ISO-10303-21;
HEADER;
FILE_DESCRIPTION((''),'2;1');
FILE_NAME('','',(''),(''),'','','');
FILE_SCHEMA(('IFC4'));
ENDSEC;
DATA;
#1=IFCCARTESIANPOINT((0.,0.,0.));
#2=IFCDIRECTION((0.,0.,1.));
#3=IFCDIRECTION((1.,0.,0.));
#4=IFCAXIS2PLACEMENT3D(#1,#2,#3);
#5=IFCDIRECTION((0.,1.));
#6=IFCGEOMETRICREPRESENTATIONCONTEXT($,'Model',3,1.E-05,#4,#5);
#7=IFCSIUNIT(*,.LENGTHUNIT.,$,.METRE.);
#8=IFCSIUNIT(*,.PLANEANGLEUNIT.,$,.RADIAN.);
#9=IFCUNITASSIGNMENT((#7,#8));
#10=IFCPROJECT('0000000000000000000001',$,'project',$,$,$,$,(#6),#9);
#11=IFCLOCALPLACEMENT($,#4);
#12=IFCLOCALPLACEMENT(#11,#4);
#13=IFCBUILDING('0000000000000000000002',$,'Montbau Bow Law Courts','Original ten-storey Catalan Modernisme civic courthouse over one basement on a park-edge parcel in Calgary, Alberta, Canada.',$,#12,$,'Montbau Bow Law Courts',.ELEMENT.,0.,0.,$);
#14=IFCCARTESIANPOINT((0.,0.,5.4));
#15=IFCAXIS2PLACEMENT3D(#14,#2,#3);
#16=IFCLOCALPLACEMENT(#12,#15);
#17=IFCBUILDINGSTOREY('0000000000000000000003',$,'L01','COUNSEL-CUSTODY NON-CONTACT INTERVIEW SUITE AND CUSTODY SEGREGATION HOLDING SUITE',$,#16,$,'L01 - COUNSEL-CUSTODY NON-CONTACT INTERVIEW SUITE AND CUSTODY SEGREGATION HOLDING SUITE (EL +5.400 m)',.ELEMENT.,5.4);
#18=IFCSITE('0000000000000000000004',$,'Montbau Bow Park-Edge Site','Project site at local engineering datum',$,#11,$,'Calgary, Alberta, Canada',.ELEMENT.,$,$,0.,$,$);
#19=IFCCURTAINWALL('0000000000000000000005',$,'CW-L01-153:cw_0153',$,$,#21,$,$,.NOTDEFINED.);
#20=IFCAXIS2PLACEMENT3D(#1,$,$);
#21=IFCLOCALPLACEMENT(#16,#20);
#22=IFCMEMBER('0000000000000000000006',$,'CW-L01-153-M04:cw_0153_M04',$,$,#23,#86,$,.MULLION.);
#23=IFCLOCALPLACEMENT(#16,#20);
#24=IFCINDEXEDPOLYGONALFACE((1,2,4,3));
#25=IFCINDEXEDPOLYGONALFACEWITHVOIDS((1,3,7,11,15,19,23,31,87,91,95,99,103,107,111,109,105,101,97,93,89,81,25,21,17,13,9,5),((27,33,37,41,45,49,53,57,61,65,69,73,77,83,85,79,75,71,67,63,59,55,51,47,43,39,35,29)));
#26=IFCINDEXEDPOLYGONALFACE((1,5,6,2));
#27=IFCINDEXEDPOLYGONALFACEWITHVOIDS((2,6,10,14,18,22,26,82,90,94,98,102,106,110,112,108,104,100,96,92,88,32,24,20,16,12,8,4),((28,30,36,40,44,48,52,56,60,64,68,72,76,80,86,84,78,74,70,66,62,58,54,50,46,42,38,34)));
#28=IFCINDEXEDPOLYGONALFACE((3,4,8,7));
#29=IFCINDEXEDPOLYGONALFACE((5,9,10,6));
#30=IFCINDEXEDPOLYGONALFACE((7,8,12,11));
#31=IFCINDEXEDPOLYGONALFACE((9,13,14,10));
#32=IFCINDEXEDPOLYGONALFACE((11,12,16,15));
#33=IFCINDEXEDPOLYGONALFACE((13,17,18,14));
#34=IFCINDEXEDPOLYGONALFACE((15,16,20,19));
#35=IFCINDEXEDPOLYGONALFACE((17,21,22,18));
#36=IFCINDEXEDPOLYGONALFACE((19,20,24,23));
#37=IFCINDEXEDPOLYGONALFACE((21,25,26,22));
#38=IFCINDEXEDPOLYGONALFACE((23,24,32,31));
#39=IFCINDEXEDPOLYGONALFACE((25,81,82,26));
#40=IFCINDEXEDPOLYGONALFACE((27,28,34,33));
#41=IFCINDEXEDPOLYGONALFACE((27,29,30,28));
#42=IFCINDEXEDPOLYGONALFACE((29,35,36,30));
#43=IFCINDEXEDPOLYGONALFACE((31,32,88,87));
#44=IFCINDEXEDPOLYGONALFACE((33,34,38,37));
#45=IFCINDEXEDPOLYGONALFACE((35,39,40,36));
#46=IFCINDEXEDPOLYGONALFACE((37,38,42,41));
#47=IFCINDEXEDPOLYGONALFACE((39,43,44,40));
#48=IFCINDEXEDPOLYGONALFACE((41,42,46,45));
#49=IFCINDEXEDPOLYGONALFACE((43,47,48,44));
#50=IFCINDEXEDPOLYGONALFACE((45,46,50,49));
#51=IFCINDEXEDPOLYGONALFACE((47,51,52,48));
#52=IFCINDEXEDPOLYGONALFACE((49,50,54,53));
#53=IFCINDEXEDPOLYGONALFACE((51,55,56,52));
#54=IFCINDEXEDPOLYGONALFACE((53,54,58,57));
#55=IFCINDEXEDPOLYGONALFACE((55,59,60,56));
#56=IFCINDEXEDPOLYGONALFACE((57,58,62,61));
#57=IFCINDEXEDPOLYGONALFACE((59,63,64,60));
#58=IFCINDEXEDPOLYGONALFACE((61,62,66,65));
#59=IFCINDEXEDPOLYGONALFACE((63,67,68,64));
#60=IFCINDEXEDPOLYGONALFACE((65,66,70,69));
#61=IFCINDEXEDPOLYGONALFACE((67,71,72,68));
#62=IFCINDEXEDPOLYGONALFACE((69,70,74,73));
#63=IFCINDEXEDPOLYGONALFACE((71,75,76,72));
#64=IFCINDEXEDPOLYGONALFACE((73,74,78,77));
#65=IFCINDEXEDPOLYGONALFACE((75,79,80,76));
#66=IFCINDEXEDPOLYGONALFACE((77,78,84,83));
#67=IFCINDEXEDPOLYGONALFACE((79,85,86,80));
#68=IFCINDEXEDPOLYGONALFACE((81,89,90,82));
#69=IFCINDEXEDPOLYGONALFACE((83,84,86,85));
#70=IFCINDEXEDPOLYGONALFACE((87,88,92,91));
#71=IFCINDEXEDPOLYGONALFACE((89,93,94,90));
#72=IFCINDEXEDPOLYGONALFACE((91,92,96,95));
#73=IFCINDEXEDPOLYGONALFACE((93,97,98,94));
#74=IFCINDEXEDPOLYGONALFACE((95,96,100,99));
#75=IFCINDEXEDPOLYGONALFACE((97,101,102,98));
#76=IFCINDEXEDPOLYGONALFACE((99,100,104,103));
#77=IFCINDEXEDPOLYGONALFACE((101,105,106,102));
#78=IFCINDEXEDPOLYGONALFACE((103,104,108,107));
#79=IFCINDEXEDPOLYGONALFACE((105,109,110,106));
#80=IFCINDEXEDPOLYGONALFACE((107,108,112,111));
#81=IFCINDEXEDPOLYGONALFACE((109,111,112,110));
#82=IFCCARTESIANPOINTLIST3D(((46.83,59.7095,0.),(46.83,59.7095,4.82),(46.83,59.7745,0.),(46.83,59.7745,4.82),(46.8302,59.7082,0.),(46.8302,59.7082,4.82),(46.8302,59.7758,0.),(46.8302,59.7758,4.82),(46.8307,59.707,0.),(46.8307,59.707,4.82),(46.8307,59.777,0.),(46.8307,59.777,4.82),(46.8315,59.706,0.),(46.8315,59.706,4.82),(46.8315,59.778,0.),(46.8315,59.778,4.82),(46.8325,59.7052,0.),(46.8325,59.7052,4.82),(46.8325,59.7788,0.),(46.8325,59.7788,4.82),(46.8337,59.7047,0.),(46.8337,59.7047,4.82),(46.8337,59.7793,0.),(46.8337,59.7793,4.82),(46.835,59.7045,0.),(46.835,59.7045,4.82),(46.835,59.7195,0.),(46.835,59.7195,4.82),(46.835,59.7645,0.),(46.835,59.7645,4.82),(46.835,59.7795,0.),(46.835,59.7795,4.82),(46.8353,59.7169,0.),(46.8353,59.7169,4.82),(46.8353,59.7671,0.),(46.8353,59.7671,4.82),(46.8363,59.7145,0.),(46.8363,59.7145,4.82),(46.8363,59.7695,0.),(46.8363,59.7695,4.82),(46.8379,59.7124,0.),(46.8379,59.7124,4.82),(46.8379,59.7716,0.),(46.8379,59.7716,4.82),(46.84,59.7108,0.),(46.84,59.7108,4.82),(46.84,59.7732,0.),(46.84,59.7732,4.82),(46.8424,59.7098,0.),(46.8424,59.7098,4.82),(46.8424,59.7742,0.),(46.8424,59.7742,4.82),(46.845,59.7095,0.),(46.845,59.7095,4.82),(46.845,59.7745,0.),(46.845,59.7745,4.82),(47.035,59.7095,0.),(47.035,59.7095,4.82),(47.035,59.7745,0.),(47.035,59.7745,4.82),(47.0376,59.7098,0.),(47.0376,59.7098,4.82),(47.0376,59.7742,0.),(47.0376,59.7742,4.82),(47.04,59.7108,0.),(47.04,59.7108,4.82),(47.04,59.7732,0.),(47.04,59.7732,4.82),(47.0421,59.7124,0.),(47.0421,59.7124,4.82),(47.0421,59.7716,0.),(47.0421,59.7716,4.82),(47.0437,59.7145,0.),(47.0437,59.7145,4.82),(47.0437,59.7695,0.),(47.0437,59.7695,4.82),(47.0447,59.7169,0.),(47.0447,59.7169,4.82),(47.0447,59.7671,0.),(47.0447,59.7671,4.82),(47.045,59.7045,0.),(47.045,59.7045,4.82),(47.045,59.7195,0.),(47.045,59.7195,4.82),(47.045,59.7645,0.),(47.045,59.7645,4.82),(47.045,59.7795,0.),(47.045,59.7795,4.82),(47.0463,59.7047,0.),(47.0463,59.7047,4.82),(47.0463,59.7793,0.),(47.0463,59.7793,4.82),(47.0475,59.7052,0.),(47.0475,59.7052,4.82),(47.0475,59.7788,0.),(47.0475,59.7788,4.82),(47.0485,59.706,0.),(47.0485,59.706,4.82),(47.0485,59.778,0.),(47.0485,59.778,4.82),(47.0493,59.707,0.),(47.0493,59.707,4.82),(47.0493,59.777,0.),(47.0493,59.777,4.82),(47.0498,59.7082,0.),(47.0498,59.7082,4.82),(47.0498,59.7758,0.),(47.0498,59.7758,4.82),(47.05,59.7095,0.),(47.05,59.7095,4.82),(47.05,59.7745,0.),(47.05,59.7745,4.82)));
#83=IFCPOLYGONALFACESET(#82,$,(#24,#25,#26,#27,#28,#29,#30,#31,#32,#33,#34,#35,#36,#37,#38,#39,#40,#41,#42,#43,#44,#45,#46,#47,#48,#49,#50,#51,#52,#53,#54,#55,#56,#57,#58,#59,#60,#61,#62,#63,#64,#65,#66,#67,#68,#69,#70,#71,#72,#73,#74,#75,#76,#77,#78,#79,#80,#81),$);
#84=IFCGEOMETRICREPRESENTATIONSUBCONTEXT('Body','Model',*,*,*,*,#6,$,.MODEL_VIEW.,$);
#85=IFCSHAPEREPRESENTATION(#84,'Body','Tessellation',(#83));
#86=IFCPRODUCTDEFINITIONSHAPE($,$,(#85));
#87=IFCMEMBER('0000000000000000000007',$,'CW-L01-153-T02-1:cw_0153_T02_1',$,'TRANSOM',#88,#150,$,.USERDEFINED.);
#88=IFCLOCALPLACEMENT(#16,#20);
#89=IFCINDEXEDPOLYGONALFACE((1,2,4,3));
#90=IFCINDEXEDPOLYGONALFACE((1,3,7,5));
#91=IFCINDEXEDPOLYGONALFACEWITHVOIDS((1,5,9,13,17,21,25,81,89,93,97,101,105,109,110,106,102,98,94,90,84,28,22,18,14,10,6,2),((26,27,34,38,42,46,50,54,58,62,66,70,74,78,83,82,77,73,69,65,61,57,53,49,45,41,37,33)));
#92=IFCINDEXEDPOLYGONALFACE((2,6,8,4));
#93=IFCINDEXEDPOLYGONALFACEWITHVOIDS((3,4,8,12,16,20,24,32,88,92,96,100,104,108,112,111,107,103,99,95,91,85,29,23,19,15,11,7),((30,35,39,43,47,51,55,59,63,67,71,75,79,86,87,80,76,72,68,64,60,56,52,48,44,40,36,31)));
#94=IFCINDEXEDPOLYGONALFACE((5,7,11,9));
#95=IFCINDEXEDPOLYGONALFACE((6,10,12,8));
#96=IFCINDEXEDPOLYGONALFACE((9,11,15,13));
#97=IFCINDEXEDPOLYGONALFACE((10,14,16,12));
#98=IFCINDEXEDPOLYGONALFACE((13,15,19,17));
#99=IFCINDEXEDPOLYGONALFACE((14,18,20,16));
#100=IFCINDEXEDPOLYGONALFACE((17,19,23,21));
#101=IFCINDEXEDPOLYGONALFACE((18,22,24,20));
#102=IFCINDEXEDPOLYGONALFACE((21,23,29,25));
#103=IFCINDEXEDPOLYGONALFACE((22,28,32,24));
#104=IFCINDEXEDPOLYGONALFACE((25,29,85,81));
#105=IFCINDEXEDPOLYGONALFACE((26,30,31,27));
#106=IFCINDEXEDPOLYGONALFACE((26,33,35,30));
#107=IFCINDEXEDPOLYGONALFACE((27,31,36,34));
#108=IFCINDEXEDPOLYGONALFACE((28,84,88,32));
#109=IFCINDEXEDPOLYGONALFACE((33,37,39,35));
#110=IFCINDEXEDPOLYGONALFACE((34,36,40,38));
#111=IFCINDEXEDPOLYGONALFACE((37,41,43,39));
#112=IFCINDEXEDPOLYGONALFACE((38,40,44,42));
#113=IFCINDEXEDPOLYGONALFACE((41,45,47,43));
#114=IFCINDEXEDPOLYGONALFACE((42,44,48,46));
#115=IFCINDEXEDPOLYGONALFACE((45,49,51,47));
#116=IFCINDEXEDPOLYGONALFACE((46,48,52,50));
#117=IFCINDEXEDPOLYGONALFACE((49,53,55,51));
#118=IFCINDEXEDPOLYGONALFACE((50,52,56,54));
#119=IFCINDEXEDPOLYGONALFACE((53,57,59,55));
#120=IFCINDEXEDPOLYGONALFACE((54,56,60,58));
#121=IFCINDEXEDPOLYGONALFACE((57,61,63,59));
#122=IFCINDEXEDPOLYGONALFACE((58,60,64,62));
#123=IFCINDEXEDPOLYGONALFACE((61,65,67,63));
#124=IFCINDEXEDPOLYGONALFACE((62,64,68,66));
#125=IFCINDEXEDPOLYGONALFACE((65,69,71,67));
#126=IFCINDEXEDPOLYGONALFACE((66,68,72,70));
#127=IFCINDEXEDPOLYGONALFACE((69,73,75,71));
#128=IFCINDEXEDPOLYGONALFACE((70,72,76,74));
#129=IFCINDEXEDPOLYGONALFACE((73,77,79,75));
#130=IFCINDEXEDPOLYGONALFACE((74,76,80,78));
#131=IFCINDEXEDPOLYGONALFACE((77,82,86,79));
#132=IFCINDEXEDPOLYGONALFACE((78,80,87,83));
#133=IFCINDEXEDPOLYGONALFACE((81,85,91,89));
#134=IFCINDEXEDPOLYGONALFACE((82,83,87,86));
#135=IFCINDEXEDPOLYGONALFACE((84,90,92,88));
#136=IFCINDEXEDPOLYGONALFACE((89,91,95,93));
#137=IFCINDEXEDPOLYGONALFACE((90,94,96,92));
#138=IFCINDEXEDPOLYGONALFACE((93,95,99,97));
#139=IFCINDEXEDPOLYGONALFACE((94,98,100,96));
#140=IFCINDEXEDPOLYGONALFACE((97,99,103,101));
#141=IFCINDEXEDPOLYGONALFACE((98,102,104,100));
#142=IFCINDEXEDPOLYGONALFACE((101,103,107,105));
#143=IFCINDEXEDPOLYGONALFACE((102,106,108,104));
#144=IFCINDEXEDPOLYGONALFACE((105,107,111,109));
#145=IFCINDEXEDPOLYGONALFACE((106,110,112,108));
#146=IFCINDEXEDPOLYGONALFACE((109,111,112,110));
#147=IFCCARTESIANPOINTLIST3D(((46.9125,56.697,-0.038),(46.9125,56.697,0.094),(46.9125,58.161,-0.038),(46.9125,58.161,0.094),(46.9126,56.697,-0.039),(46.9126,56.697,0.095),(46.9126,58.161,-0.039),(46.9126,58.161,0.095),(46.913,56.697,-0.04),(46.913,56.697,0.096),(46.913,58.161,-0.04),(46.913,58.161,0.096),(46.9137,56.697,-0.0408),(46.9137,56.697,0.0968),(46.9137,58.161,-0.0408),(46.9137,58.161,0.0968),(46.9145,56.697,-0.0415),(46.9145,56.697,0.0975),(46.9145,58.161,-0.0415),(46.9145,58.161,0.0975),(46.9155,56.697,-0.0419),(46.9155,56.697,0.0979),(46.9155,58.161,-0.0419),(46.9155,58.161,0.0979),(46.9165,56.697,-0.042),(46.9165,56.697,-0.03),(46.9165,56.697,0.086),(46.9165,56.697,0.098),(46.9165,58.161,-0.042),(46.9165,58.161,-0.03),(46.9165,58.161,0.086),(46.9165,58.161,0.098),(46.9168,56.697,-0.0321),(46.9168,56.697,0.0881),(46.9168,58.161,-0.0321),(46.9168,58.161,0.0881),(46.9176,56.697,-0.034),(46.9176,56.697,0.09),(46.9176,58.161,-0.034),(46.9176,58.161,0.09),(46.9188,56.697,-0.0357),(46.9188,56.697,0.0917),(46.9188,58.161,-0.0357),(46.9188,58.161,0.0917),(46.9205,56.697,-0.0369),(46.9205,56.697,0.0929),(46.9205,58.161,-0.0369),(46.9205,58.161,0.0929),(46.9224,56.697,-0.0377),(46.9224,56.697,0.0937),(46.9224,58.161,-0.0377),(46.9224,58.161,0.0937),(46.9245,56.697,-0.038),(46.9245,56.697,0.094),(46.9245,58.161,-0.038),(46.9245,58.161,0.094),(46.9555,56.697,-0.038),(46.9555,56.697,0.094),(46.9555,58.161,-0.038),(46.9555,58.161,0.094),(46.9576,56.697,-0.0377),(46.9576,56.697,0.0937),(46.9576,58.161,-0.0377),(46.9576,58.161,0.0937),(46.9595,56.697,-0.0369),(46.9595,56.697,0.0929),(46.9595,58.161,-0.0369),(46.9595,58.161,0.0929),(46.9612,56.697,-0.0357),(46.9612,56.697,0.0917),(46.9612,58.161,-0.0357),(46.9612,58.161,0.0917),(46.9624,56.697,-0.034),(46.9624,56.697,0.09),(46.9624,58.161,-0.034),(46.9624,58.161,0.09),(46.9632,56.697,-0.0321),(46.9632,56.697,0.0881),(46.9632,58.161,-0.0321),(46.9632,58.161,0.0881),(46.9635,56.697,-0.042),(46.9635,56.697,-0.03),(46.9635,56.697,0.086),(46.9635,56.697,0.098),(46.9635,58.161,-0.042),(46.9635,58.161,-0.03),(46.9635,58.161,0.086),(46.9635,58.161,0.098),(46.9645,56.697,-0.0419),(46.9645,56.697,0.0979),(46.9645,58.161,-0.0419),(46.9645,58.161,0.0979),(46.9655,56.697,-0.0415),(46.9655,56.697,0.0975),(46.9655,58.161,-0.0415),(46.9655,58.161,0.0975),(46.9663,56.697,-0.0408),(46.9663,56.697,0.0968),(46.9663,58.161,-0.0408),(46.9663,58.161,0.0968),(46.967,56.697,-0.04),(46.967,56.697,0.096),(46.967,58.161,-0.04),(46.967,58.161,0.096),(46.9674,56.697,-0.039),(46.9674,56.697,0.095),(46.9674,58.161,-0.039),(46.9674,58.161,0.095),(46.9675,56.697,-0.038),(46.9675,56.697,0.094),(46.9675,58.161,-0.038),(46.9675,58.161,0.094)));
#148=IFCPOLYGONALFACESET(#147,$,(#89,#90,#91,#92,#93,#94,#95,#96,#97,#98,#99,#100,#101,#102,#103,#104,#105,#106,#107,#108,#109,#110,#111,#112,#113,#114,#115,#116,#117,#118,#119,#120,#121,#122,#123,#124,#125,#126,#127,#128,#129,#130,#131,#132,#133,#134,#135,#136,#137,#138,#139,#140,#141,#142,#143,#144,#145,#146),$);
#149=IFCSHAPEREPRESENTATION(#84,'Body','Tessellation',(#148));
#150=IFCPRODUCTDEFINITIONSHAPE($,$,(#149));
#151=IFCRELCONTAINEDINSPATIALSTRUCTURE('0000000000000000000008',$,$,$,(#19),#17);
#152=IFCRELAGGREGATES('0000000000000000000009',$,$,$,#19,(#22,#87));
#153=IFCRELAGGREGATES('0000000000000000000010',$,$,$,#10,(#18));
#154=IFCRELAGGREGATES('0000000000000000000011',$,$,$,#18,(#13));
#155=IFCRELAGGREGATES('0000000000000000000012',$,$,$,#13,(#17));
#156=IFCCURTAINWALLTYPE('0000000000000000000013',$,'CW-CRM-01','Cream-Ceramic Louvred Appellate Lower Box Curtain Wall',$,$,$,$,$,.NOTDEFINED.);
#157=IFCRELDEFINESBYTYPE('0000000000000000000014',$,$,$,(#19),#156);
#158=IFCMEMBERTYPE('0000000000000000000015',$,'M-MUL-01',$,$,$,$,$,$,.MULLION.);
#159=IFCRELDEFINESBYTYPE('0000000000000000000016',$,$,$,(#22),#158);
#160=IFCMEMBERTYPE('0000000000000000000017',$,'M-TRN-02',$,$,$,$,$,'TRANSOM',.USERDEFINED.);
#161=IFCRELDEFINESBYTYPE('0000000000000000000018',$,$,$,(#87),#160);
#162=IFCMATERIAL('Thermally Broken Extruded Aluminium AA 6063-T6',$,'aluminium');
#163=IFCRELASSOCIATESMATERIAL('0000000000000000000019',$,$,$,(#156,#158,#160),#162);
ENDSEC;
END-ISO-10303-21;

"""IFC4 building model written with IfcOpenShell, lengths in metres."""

from ifc_helpers import new_model, si_unit, direction, frame, origin_with_axes, origin_2d_with_axis, place, context, subcontext, project, spatial, hollow_rectangle, extrude, material, material_profile, profile_set, type_object, element, aggregate, save


model = new_model("IFC4")

# Units and contexts
model_context = context("Model", 3, precision=1e-05, world=origin_with_axes(), true_north=direction((0.0, 1.0)))
body_context = subcontext(model_context, "Body", "Model", "MODEL_VIEW")
ifc_project = project(units=[si_unit("LENGTHUNIT", "METRE"), si_unit("PLANEANGLEUNIT", "RADIAN")], contexts=[model_context])

# Site, building, storey
site_placement = place(None, origin_with_axes())
site = spatial("IfcSite", under=ifc_project, at=site_placement, Name="Montbau Bow Park-Edge Site", Description="Project site at local engineering datum", LongName="Calgary, Alberta, Canada", CompositionType="ELEMENT", RefElevation=0.0)
building_placement = place(site_placement, origin_with_axes())
building = spatial("IfcBuilding", under=site, at=building_placement, Name="Montbau Bow Law Courts", Description="Original ten-storey Catalan Modernisme civic courthouse over one basement on a park-edge parcel in Calgary, Alberta, Canada.", LongName="Montbau Bow Law Courts", CompositionType="ELEMENT", ElevationOfRefHeight=0.0, ElevationOfTerrain=0.0)
storey_placement = place(building_placement, frame((0.0, 0.0, 5.4), z_axis=(0.0, 0.0, 1.0), x_axis=(1.0, 0.0, 0.0)))
storey = spatial("IfcBuildingStorey", under=building, at=storey_placement, Name="L01", Description="COUNSEL-CUSTODY NON-CONTACT INTERVIEW SUITE AND CUSTODY SEGREGATION HOLDING SUITE", LongName="L01 - COUNSEL-CUSTODY NON-CONTACT INTERVIEW SUITE AND CUSTODY SEGREGATION HOLDING SUITE (EL +5.400 m)", CompositionType="ELEMENT", Elevation=5.4)

# Curtain wall, members
ifc_material_1 = material(Name="Thermally Broken Extruded Aluminium AA 6063-T6", Category="aluminium")
curtain_wall_type = type_object("IfcCurtainWallType", Name="CW-CRM-01", Description="Cream-Ceramic Louvred Appellate Lower Box Curtain Wall", PredefinedType="NOTDEFINED", material=ifc_material_1)
curtain_wall_placement = place(None, frame((46.94, 55.115, 5.4), z_axis=(0.0, 0.0, 1.0), x_axis=(1.0, 0.0, 0.0)))
curtain_wall = element("IfcCurtainWall", 1, at=curtain_wall_placement, inside=storey, type_object=curtain_wall_type, Name="CW-L01-153:cw_0153", PredefinedType="NOTDEFINED")
ifc_material_profile_1 = material_profile(ifc_material_1, hollow_rectangle(XDim=0.075, YDim=0.22, WallThickness=0.005, InnerFilletRadius=0.01, OuterFilletRadius=0.005, at=origin_2d_with_axis()), Name="CWM-220X75", Category="Main", Priority=0)
ifc_profile_set_1 = profile_set([ifc_material_profile_1], Name="Thermally Broken Extruded Aluminium AA 6063-T6")
member_type_1 = type_object("IfcMemberType", Name="M-MUL-01", PredefinedType="MULLION", material=ifc_profile_set_1)
member_1_placement = place(None, frame((46.94, 59.742, 5.4), z_axis=(0.0, 0.0, 1.0), x_axis=(0.0, 1.0, 0.0)))
member_1 = element("IfcMember", 2, at=member_1_placement, type_object=member_type_1, Name="CW-L01-153-M04:cw_0153_M04", PredefinedType="MULLION", context=body_context, shape_type="SweptSolid", body=[
    extrude(hollow_rectangle(XDim=0.075, YDim=0.22, WallThickness=0.005, InnerFilletRadius=0.01, OuterFilletRadius=0.005, at=origin_2d_with_axis()), origin_with_axes(), (0.0, 0.0, 1.0), 4.82),
])
ifc_material_profile_2 = material_profile(ifc_material_1, hollow_rectangle(XDim=0.055, YDim=0.14, WallThickness=0.004, InnerFilletRadius=0.008, OuterFilletRadius=0.004, at=origin_2d_with_axis()), Name="CWT-140X55", Category="Main", Priority=0)
ifc_profile_set_2 = profile_set([ifc_material_profile_2], Name="Thermally Broken Extruded Aluminium AA 6063-T6")
member_type_2 = type_object("IfcMemberType", Name="M-TRN-02", ElementType="TRANSOM", PredefinedType="USERDEFINED", material=ifc_profile_set_2)
member_2_placement = place(None, frame((46.94, 56.697, 5.428), z_axis=(0.0, 1.0, 0.0), x_axis=(-1.0, 0.0, 0.0)))
member_2 = element("IfcMember", 3, at=member_2_placement, type_object=member_type_2, Name="CW-L01-153-T02-1:cw_0153_T02_1", ObjectType="TRANSOM", PredefinedType="USERDEFINED", context=body_context, shape_type="SweptSolid", body=[
    extrude(hollow_rectangle(XDim=0.055, YDim=0.14, WallThickness=0.004, InnerFilletRadius=0.008, OuterFilletRadius=0.004, at=origin_2d_with_axis()), origin_with_axes(), (0.0, 0.0, 1.0), 1.464),
])
aggregate(curtain_wall, [member_1, member_2])

save(model, "model.ifc")
